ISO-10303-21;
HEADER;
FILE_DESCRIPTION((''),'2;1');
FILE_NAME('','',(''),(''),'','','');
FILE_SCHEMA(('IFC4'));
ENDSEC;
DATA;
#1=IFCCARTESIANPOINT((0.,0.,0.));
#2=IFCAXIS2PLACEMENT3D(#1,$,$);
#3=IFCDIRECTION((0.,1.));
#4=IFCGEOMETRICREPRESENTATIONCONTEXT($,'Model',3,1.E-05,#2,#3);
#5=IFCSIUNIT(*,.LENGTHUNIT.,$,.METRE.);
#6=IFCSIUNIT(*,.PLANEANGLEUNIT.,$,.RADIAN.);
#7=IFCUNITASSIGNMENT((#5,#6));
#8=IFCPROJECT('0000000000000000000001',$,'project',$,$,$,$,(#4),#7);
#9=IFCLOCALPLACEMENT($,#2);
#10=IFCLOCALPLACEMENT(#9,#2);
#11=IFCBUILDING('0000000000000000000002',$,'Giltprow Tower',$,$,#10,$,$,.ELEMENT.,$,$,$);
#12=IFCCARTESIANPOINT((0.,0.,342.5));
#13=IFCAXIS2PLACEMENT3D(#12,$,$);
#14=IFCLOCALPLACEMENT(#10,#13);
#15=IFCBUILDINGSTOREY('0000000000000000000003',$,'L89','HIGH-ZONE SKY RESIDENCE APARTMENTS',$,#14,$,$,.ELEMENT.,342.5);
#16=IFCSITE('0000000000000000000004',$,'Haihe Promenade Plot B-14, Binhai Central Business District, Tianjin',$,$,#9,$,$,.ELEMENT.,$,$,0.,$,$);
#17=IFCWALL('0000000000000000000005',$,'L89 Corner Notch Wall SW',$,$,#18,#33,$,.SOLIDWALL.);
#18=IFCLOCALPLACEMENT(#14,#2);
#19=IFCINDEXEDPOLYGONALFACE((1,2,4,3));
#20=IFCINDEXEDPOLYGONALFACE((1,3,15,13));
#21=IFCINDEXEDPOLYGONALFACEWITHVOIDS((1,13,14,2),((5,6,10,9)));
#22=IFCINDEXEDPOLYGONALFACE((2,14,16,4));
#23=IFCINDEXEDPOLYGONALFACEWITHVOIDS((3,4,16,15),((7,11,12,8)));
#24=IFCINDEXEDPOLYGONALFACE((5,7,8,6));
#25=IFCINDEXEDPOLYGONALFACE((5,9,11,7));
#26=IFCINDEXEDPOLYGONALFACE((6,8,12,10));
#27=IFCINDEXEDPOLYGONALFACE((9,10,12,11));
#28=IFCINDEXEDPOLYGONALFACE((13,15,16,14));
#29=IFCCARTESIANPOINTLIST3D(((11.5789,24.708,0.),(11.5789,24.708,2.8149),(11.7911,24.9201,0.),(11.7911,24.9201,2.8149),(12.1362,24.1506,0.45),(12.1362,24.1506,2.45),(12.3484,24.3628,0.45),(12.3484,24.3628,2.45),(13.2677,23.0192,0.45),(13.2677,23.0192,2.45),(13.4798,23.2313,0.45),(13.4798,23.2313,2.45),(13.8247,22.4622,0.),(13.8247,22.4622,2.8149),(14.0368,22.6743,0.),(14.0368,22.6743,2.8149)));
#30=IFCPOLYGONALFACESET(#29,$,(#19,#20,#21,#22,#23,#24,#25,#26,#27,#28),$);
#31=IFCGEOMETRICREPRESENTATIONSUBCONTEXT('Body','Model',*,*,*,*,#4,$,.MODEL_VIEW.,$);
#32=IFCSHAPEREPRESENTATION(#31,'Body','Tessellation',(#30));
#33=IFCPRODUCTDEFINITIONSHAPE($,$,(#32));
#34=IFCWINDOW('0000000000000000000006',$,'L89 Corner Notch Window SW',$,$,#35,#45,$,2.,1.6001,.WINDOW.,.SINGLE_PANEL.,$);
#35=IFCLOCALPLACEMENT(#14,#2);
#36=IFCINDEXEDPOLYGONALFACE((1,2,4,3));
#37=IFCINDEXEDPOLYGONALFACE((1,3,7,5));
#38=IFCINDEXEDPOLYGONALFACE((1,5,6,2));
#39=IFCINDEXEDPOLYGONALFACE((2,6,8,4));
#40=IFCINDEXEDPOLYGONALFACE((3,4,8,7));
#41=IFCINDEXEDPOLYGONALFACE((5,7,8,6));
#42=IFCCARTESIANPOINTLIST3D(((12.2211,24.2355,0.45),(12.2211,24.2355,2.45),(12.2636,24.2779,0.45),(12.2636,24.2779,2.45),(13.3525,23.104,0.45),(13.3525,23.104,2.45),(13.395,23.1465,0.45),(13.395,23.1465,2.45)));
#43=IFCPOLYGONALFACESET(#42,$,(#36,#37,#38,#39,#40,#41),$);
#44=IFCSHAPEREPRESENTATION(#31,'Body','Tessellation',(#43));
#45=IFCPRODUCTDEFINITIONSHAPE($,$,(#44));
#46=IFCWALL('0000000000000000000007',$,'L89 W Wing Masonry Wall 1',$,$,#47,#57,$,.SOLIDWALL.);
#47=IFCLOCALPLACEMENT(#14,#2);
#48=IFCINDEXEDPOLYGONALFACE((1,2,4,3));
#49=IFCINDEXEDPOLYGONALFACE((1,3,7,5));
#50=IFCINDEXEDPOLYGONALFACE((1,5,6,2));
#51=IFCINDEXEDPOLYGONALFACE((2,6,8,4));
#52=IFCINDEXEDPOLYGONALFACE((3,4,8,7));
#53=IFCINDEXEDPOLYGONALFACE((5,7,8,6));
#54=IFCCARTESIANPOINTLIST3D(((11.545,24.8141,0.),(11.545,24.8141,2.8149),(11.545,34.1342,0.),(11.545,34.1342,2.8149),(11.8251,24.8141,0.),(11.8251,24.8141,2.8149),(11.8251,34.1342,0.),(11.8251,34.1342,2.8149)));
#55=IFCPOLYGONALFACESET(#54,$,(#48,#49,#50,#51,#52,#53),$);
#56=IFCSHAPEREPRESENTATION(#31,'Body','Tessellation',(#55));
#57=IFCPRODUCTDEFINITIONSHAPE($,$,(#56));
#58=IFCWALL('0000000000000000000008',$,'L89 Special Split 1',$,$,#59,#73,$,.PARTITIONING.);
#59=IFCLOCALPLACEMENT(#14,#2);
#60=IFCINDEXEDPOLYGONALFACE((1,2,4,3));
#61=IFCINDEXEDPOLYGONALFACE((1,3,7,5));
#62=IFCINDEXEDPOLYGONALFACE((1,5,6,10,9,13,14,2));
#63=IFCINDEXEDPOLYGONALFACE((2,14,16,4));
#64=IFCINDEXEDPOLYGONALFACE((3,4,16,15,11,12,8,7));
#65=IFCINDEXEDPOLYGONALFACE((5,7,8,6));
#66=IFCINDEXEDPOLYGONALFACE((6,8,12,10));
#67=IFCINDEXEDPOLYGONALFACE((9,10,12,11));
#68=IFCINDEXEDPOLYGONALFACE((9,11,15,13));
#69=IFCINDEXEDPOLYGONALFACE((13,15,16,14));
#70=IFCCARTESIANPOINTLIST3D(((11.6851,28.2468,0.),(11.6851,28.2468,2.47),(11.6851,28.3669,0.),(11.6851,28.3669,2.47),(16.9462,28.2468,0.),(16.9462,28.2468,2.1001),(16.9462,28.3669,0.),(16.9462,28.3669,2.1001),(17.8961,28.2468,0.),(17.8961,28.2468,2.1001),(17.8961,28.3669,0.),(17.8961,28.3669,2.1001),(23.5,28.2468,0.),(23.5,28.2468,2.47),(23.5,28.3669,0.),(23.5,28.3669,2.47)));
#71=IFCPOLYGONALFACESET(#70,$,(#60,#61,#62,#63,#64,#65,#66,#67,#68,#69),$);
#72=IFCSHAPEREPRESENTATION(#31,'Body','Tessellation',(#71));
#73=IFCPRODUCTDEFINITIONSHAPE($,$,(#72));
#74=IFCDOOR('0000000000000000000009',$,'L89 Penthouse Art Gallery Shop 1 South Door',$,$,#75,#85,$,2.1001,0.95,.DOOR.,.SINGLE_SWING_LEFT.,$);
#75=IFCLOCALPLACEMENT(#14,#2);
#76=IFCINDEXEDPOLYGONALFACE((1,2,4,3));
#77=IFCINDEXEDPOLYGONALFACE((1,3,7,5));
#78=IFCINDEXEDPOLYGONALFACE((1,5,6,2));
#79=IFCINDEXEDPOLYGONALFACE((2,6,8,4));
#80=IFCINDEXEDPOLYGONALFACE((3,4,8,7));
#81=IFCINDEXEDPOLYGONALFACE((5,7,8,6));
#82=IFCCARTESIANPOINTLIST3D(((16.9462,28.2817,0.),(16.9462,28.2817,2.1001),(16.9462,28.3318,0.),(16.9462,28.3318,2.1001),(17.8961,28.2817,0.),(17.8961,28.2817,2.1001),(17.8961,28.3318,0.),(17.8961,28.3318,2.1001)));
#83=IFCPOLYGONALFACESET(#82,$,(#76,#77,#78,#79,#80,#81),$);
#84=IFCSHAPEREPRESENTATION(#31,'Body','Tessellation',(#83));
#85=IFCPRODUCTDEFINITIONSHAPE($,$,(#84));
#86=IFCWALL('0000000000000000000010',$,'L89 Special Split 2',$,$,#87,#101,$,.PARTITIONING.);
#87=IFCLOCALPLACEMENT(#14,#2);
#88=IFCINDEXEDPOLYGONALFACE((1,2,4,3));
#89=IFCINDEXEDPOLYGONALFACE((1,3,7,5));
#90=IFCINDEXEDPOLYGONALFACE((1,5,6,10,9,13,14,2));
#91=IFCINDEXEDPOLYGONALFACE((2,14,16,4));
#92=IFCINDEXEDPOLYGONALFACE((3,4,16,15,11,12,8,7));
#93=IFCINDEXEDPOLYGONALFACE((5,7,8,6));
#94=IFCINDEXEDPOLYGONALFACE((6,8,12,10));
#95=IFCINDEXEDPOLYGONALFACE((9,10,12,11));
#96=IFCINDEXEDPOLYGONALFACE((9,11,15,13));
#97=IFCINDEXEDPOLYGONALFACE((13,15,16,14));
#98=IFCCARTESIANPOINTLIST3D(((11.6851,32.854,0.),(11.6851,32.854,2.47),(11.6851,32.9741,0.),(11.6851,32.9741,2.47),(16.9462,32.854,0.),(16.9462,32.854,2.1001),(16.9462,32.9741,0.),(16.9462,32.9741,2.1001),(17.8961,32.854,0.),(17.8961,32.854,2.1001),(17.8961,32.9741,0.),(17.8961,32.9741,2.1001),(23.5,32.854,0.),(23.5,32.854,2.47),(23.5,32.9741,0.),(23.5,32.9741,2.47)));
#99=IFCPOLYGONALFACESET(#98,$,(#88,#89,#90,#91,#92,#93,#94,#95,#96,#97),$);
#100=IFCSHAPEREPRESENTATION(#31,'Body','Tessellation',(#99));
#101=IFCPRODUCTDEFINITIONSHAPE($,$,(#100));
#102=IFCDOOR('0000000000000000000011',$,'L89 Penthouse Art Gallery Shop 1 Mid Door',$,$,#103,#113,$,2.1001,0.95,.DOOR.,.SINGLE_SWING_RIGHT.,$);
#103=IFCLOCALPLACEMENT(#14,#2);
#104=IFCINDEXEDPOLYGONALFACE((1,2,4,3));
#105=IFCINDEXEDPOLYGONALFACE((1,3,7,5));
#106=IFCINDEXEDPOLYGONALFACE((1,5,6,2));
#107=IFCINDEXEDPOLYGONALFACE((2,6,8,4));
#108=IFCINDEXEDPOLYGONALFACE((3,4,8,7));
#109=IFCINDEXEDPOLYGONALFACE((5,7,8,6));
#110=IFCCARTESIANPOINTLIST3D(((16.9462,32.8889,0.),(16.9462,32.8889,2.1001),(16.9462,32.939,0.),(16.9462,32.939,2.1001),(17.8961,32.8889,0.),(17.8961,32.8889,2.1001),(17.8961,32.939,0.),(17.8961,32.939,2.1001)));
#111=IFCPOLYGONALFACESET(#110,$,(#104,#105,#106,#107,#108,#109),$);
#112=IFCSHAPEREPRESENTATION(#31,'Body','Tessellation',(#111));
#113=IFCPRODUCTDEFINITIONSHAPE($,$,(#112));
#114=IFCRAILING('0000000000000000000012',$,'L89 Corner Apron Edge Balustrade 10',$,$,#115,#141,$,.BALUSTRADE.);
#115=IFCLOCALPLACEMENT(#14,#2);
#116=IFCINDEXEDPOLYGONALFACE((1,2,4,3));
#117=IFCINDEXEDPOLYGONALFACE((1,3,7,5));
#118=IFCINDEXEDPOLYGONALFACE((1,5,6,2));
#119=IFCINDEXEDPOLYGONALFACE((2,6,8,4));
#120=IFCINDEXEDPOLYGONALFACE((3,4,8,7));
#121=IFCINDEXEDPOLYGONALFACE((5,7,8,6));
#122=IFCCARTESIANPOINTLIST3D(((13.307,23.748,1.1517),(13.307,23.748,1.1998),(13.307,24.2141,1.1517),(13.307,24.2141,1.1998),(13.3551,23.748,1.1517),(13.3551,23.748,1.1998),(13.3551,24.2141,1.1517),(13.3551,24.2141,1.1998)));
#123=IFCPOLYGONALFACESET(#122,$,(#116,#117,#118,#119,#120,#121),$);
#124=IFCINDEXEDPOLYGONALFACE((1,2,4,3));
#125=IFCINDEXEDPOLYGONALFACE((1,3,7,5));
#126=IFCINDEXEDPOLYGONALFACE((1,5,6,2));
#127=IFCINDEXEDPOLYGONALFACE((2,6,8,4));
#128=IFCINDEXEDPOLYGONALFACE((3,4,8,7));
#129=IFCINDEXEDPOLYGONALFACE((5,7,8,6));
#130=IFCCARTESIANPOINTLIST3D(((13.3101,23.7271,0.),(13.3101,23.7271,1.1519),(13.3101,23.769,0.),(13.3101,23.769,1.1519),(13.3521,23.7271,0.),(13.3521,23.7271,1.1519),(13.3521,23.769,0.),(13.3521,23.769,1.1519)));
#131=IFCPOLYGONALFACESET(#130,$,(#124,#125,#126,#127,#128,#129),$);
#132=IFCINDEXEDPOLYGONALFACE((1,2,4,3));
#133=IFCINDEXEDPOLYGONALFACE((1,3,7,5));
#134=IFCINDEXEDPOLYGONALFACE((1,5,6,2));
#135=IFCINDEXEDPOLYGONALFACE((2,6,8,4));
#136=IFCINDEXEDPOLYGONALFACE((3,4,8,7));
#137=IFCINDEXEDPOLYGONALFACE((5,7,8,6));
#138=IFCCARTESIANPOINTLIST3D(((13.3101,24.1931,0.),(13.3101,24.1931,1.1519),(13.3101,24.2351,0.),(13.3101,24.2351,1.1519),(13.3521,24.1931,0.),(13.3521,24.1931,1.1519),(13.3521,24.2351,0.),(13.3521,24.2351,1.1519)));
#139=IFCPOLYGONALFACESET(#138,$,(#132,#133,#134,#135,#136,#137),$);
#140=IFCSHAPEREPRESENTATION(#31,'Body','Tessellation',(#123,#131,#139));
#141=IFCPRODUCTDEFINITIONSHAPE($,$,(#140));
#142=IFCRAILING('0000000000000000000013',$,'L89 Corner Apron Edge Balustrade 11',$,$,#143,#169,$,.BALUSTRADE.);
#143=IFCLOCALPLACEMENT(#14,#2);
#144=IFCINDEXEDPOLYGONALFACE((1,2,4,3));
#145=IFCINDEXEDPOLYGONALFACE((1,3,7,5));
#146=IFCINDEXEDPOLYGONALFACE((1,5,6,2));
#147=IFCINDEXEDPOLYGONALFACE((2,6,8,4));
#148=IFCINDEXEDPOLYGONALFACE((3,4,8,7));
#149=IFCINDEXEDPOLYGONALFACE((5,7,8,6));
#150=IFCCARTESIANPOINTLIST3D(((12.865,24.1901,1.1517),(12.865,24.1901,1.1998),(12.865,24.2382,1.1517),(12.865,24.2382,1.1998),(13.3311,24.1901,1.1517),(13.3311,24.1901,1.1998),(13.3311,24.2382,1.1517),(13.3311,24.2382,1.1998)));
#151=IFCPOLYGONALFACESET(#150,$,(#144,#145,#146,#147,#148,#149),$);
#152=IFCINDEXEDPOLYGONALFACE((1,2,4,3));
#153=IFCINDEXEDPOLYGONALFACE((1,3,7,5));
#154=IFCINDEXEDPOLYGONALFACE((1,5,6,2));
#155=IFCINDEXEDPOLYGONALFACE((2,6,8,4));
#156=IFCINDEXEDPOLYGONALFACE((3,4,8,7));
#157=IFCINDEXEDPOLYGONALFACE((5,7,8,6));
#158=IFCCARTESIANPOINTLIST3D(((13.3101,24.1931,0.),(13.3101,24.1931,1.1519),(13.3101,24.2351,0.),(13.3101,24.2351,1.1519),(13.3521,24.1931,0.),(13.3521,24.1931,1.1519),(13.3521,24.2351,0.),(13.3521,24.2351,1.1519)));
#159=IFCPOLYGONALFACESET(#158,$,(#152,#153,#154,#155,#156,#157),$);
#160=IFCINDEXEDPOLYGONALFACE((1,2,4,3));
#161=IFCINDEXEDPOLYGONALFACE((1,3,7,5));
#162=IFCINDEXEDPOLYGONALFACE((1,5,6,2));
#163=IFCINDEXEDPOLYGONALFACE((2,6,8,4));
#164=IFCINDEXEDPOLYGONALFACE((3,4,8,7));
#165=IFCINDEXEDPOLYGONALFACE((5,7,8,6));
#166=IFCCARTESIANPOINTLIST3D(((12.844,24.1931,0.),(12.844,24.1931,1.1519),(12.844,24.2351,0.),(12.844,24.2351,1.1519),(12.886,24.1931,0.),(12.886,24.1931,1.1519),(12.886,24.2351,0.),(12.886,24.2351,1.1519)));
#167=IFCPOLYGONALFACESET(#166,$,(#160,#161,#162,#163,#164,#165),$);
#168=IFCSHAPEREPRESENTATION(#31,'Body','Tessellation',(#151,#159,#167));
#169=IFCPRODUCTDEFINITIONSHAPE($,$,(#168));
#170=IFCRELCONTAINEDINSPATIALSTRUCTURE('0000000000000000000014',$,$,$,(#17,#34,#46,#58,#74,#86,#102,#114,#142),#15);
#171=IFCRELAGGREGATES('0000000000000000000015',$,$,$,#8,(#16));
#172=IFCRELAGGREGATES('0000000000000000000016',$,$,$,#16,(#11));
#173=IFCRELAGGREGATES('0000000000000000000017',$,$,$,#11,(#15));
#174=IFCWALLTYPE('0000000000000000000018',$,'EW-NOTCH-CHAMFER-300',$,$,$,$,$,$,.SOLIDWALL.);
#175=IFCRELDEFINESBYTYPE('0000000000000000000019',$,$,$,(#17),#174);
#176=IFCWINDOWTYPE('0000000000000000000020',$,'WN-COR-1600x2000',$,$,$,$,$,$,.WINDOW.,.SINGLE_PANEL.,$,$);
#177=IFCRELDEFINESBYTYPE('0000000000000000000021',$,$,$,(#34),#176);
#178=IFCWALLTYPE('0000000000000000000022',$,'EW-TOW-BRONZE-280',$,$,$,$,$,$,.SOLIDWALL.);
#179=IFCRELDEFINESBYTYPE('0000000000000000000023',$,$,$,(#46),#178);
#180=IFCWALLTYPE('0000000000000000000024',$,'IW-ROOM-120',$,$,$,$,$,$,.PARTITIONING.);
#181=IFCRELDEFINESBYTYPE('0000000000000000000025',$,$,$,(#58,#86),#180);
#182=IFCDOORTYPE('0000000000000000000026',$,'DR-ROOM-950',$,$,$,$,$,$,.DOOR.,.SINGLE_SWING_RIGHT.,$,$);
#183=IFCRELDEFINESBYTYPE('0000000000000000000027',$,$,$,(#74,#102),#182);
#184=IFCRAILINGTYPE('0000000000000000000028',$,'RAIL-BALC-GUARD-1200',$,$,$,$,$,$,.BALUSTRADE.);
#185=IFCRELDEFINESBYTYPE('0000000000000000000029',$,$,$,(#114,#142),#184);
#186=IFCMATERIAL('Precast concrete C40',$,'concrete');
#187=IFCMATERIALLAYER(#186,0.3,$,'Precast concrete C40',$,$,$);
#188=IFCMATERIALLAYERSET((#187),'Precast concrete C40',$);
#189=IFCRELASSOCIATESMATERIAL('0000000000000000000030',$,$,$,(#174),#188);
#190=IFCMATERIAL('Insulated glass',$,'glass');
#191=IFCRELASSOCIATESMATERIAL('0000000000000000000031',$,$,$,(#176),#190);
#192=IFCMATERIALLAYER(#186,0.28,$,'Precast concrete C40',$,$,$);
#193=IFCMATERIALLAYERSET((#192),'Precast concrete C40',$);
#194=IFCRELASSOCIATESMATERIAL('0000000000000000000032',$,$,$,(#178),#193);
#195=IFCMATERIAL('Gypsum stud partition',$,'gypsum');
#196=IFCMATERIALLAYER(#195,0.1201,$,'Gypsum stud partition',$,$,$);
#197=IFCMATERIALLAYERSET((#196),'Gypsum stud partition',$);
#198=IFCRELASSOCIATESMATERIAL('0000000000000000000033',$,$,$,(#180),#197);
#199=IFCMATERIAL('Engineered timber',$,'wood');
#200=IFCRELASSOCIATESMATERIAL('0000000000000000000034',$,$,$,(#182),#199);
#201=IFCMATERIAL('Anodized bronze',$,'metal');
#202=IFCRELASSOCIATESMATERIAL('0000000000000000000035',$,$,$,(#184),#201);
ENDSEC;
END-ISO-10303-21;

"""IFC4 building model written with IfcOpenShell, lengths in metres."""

from ifc_helpers import new_model, si_unit, direction, frame, frame_2d, origin, origin_2d, place, context, subcontext, project, spatial, rectangle, extrude, source, transform, mapped, material, layer, layer_set, type_object, element, fill, save


model = new_model("IFC4")

# Units and contexts
model_context = context("Model", 3, precision=1e-05, world=origin(), true_north=direction((0.0, 1.0)))
body_context = subcontext(model_context, "Body", "Model", "MODEL_VIEW")
ifc_project = project(units=[si_unit("LENGTHUNIT", "METRE"), si_unit("PLANEANGLEUNIT", "RADIAN")], contexts=[model_context])

# Site, building, storey
site_placement = place(None, origin())
site = spatial("IfcSite", under=ifc_project, at=site_placement, Name="Haihe Promenade Plot B-14, Binhai Central Business District, Tianjin", CompositionType="ELEMENT", RefElevation=0.0)
building_placement = place(site_placement, origin())
building = spatial("IfcBuilding", under=site, at=building_placement, Name="Giltprow Tower", CompositionType="ELEMENT")
storey_placement = place(building_placement, frame((0.0, 0.0, 342.5)))
storey = spatial("IfcBuildingStorey", under=building, at=storey_placement, Name="L89", Description="HIGH-ZONE SKY RESIDENCE APARTMENTS", CompositionType="ELEMENT", Elevation=342.5)

# Shared definitions
ifc_material_1 = material(Name="Anodized bronze", Category="metal")

# Wall, opening, window
ifc_material_2 = material(Name="Precast concrete C40", Category="concrete")
ifc_layer_1 = layer(ifc_material_2, 0.3, Name="Precast concrete C40")
ifc_layer_set_1 = layer_set([ifc_layer_1], Name="Precast concrete C40")
wall_type_1 = type_object("IfcWallType", Name="EW-NOTCH-CHAMFER-300", PredefinedType="SOLIDWALL", material=ifc_layer_set_1)
wall_1_placement = place(storey_placement, frame((11.6851, 24.814, 0.0), z_axis=(0.0, 0.0, 1.0), x_axis=(0.707107, -0.707107, 0.0)))
wall_1 = element("IfcWall", 1, at=wall_1_placement, inside=storey, type_object=wall_type_1, Name="L89 Corner Notch Wall SW", PredefinedType="SOLIDWALL", context=body_context, shape_type="SweptSolid", body=[
    extrude(rectangle(XDim=3.176, YDim=0.3, at=frame_2d((1.5879, 0.0))), origin(), (0.0, 0.0, 1.0), 2.8149),
])
opening_1_placement = place(wall_1_placement, frame((0.7881, 0.0, 0.45)))
opening_1 = element("IfcOpeningElement", 2, at=opening_1_placement, cuts=wall_1, PredefinedType="OPENING", context=body_context, shape_type="SweptSolid", body=[
    extrude(rectangle(XDim=1.6001, YDim=2.0, at=frame_2d((0.8, 1.0))), frame((0.0, 0.1599, 0.0), z_axis=(0.0, -1.0, 0.0), x_axis=(1.0, 0.0, 0.0)), (0.0, 0.0, 1.0), 0.3201),
])
ifc_material_3 = material(Name="Insulated glass", Category="glass")
window_type = type_object("IfcWindowType", Name="WN-COR-1600x2000", PartitioningType="SINGLE_PANEL", PredefinedType="WINDOW", material=ifc_material_3)
shared_shape_1 = source(origin(), body_context, "Body", "SweptSolid", [
    extrude(rectangle(XDim=1.6001, YDim=2.0, at=frame_2d((0.8, 1.0))), frame((0.0, 0.03, 0.0), z_axis=(0.0, -1.0, 0.0), x_axis=(1.0, 0.0, 0.0)), (0.0, 0.0, 1.0), 0.0601),
])
window_placement = place(opening_1_placement, origin())
window = element("IfcWindow", 3, at=window_placement, inside=storey, type_object=window_type, Name="L89 Corner Notch Window SW", OverallHeight=2.0, OverallWidth=1.6001, PartitioningType="SINGLE_PANEL", PredefinedType="WINDOW", context=body_context, shape_type="MappedRepresentation", body=[
    mapped(shared_shape_1, transform((0.0, 0.0, 0.0), x_axis=(1.0, 0.0, 0.0), y_axis=(0.0, 1.0, 0.0), z_axis=(0.0, 0.0, 1.0), scale=1.0)),
])
fill(opening_1, window)

# Wall
ifc_layer_2 = layer(ifc_material_2, 0.28, Name="Precast concrete C40")
ifc_layer_set_2 = layer_set([ifc_layer_2], Name="Precast concrete C40")
wall_type_2 = type_object("IfcWallType", Name="EW-TOW-BRONZE-280", PredefinedType="SOLIDWALL", material=ifc_layer_set_2)
wall_2_placement = place(storey_placement, frame((11.6851, 24.814, 0.0), z_axis=(0.0, 0.0, 1.0), x_axis=(0.0, 1.0, 0.0)))
element("IfcWall", 4, at=wall_2_placement, inside=storey, type_object=wall_type_2, Name="L89 W Wing Masonry Wall 1", PredefinedType="SOLIDWALL", context=body_context, shape_type="SweptSolid", body=[
    extrude(rectangle(XDim=9.3201, YDim=0.28, at=frame_2d((4.6602, 0.0))), origin(), (0.0, 0.0, 1.0), 2.8149),
])

# Walls, openings, doors
ifc_material_4 = material(Name="Gypsum stud partition", Category="gypsum")
ifc_layer_3 = layer(ifc_material_4, 0.1201, Name="Gypsum stud partition")
ifc_layer_set_3 = layer_set([ifc_layer_3], Name="Gypsum stud partition")
wall_type_3 = type_object("IfcWallType", Name="IW-ROOM-120", PredefinedType="PARTITIONING", material=ifc_layer_set_3)
wall_3_placement = place(storey_placement, frame((11.6851, 28.3069, 0.0), z_axis=(0.0, 0.0, 1.0), x_axis=(1.0, 0.0, 0.0)))
wall_3 = element("IfcWall", 5, at=wall_3_placement, inside=storey, type_object=wall_type_3, Name="L89 Special Split 1", PredefinedType="PARTITIONING", context=body_context, shape_type="SweptSolid", body=[
    extrude(rectangle(XDim=11.8149, YDim=0.1201, at=frame_2d((5.9075, 0.0))), origin(), (0.0, 0.0, 1.0), 2.47),
])
opening_2_placement = place(wall_3_placement, frame((5.261, 0.0, 0.0)))
opening_2 = element("IfcOpeningElement", 6, at=opening_2_placement, cuts=wall_3, PredefinedType="OPENING", context=body_context, shape_type="SweptSolid", body=[
    extrude(rectangle(XDim=0.95, YDim=2.1001, at=frame_2d((0.4751, 1.05))), frame((0.0, 0.0701, 0.0), z_axis=(0.0, -1.0, 0.0), x_axis=(1.0, 0.0, 0.0)), (0.0, 0.0, 1.0), 0.1401),
])
ifc_material_5 = material(Name="Engineered timber", Category="wood")
door_type = type_object("IfcDoorType", Name="DR-ROOM-950", OperationType="SINGLE_SWING_RIGHT", PredefinedType="DOOR", material=ifc_material_5)
shared_shape_2 = source(origin(), body_context, "Body", "SweptSolid", [
    extrude(rectangle(XDim=0.95, YDim=2.1001, at=frame_2d((0.4751, 1.05))), frame((0.0, 0.0249, 0.0), z_axis=(0.0, -1.0, 0.0), x_axis=(1.0, 0.0, 0.0)), (0.0, 0.0, 1.0), 0.05),
])
door_1_placement = place(opening_2_placement, origin())
door_1 = element("IfcDoor", 7, at=door_1_placement, inside=storey, type_object=door_type, Name="L89 Penthouse Art Gallery Shop 1 South Door", OperationType="SINGLE_SWING_LEFT", OverallHeight=2.1001, OverallWidth=0.95, PredefinedType="DOOR", context=body_context, shape_type="MappedRepresentation", body=[
    mapped(shared_shape_2, transform((0.0, 0.0, 0.0), x_axis=(1.0, 0.0, 0.0), y_axis=(0.0, 1.0, 0.0), z_axis=(0.0, 0.0, 1.0), scale=1.0)),
])
fill(opening_2, door_1)
wall_4_placement = place(storey_placement, frame((11.6851, 32.9141, 0.0), z_axis=(0.0, 0.0, 1.0), x_axis=(1.0, 0.0, 0.0)))
wall_4 = element("IfcWall", 8, at=wall_4_placement, inside=storey, type_object=wall_type_3, Name="L89 Special Split 2", PredefinedType="PARTITIONING", context=body_context, shape_type="SweptSolid", body=[
    extrude(rectangle(XDim=11.8149, YDim=0.1201, at=frame_2d((5.9075, 0.0))), origin(), (0.0, 0.0, 1.0), 2.47),
])
opening_3_placement = place(wall_4_placement, frame((5.261, 0.0, 0.0)))
opening_3 = element("IfcOpeningElement", 9, at=opening_3_placement, cuts=wall_4, PredefinedType="OPENING", context=body_context, shape_type="SweptSolid", body=[
    extrude(rectangle(XDim=0.95, YDim=2.1001, at=frame_2d((0.4751, 1.05))), frame((0.0, 0.0701, 0.0), z_axis=(0.0, -1.0, 0.0), x_axis=(1.0, 0.0, 0.0)), (0.0, 0.0, 1.0), 0.1401),
])
door_2_placement = place(opening_3_placement, origin())
door_2 = element("IfcDoor", 10, at=door_2_placement, inside=storey, type_object=door_type, Name="L89 Penthouse Art Gallery Shop 1 Mid Door", OperationType="SINGLE_SWING_RIGHT", OverallHeight=2.1001, OverallWidth=0.95, PredefinedType="DOOR", context=body_context, shape_type="MappedRepresentation", body=[
    mapped(shared_shape_2, transform((0.0, 0.0, 0.0), x_axis=(1.0, 0.0, 0.0), y_axis=(0.0, 1.0, 0.0), z_axis=(0.0, 0.0, 1.0), scale=1.0)),
])
fill(opening_3, door_2)

# Railings
railing_type = type_object("IfcRailingType", Name="RAIL-BALC-GUARD-1200", PredefinedType="BALUSTRADE", material=ifc_material_1)
railing_1_placement = place(storey_placement, frame((13.3311, 23.748, 0.0)))
element("IfcRailing", 11, at=railing_1_placement, inside=storey, type_object=railing_type, Name="L89 Corner Apron Edge Balustrade 10", PredefinedType="BALUSTRADE", context=body_context, shape_type="SweptSolid", body=[
    extrude(rectangle(XDim=0.0481, YDim=0.0481, at=origin_2d()), frame((0.0, 0.0, 1.1758), z_axis=(0.0, 1.0, 0.0), x_axis=(-1.0, 0.0, 0.0)), (0.0, 0.0, 1.0), 0.4661),
    extrude(rectangle(XDim=0.042, YDim=0.042, at=origin_2d()), origin(), (0.0, 0.0, 1.0), 1.1519),
    extrude(rectangle(XDim=0.042, YDim=0.042, at=origin_2d()), frame((0.0, 0.4661, 0.0)), (0.0, 0.0, 1.0), 1.1519),
])
railing_2_placement = place(storey_placement, frame((13.3311, 24.2141, 0.0)))
element("IfcRailing", 12, at=railing_2_placement, inside=storey, type_object=railing_type, Name="L89 Corner Apron Edge Balustrade 11", PredefinedType="BALUSTRADE", context=body_context, shape_type="SweptSolid", body=[
    extrude(rectangle(XDim=0.0481, YDim=0.0481, at=origin_2d()), frame((0.0, 0.0, 1.1758), z_axis=(-1.0, 0.0, 0.0), x_axis=(0.0, -1.0, 0.0)), (0.0, 0.0, 1.0), 0.4661),
    extrude(rectangle(XDim=0.042, YDim=0.042, at=origin_2d()), origin(), (0.0, 0.0, 1.0), 1.1519),
    extrude(rectangle(XDim=0.042, YDim=0.042, at=origin_2d()), frame((-0.4661, 0.0, 0.0)), (0.0, 0.0, 1.0), 1.1519),
])

save(model, "model.ifc")
